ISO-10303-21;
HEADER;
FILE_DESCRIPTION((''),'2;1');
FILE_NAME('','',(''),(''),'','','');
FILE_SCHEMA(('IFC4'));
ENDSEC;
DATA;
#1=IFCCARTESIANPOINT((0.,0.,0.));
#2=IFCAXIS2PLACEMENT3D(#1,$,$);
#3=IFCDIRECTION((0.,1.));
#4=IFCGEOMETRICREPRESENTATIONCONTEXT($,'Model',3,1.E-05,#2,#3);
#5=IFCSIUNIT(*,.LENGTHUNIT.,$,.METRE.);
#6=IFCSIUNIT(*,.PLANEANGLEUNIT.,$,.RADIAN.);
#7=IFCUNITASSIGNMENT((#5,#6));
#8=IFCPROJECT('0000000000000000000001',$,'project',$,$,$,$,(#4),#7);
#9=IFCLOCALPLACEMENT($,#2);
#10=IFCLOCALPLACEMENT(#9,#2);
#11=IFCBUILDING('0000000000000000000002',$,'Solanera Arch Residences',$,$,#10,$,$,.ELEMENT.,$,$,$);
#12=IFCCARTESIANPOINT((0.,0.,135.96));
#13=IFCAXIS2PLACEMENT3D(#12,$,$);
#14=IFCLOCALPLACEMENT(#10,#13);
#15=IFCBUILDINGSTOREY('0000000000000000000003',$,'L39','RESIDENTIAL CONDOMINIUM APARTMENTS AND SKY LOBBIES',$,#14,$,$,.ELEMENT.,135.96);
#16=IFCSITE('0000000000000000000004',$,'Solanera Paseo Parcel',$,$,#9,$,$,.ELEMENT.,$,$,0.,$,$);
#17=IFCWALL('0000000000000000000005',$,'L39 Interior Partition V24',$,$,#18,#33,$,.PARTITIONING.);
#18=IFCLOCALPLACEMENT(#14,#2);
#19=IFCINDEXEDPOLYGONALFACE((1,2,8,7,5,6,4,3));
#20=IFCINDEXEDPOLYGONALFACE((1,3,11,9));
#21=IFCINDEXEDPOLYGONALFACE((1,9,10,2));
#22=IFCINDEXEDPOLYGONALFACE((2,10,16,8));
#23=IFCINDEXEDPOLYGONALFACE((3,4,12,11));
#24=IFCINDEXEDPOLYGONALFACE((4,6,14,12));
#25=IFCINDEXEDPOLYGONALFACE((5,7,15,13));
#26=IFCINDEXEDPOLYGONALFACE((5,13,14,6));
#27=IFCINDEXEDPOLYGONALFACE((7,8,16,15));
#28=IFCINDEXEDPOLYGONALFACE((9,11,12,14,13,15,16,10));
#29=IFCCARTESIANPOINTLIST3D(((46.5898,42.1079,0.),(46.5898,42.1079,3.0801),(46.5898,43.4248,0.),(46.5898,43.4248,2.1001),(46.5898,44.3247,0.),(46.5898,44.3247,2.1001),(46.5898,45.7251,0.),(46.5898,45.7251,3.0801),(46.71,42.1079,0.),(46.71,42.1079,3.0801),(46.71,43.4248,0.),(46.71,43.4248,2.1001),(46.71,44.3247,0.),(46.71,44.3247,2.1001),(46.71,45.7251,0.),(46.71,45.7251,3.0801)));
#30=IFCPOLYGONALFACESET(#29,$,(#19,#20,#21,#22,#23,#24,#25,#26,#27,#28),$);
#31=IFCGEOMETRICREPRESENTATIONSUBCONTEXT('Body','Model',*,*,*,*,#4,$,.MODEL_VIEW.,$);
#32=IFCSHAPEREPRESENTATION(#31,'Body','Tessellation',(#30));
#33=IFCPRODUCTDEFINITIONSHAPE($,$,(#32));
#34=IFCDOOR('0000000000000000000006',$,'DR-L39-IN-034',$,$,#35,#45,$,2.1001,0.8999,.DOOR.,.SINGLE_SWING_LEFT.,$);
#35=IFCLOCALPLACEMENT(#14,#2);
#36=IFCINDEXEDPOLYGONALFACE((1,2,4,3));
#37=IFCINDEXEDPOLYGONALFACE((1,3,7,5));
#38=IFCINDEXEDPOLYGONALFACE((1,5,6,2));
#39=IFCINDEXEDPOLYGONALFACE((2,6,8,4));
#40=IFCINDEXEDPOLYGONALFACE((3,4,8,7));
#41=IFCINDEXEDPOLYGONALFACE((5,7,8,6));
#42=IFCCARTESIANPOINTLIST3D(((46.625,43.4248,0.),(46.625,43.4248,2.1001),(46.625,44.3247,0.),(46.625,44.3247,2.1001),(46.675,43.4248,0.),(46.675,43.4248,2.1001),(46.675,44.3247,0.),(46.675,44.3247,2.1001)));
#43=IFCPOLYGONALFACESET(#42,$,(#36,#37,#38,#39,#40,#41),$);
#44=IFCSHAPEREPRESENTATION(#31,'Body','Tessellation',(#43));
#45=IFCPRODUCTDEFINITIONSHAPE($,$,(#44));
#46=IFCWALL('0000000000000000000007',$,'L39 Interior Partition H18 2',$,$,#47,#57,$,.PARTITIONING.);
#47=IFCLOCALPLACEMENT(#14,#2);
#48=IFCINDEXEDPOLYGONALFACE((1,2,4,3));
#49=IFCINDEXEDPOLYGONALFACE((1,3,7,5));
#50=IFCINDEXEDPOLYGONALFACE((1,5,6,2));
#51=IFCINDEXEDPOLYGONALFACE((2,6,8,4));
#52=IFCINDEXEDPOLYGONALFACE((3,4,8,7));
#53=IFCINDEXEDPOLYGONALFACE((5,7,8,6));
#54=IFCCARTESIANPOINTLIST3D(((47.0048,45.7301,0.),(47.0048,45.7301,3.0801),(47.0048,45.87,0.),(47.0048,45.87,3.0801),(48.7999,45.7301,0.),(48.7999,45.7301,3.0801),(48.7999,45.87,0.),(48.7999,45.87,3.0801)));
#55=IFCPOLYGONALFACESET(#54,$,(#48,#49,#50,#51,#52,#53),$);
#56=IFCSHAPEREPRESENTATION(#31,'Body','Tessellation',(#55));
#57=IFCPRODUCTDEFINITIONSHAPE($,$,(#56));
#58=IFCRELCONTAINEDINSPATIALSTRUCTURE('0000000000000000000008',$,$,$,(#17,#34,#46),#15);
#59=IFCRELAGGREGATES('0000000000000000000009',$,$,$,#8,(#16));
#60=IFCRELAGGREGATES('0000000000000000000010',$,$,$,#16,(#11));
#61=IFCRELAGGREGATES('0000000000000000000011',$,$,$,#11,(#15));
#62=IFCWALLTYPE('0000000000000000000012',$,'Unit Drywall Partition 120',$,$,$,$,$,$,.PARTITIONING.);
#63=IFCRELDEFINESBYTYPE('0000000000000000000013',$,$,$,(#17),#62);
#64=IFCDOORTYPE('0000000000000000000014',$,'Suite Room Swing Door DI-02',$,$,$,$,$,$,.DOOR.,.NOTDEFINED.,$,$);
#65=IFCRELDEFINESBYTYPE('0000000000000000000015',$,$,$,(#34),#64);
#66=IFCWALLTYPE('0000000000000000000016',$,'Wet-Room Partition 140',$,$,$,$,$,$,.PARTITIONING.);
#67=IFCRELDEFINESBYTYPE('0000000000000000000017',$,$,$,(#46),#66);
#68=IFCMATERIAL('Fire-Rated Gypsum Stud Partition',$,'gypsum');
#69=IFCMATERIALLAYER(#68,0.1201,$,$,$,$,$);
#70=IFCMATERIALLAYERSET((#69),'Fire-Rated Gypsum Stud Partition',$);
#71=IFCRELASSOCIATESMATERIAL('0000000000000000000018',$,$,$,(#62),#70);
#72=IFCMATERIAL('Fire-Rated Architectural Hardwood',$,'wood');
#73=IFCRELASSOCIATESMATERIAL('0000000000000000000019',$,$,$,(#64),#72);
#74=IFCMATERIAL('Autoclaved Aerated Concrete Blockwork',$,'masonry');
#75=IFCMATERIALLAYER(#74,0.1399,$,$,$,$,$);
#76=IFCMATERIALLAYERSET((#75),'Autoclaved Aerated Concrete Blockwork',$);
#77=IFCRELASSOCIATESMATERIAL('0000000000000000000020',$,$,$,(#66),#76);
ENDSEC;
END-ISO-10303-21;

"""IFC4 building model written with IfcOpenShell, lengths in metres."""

from ifc_helpers import new_model, si_unit, direction, frame, frame_2d, origin, place, context, subcontext, project, spatial, rectangle, extrude, material, layer, layer_set, type_object, element, fill, save


model = new_model("IFC4")

# Units and contexts
model_context = context("Model", 3, precision=1e-05, world=origin(), true_north=direction((0.0, 1.0)))
body_context = subcontext(model_context, "Body", "Model", "MODEL_VIEW")
ifc_project = project(units=[si_unit("LENGTHUNIT", "METRE"), si_unit("PLANEANGLEUNIT", "RADIAN")], contexts=[model_context])

# Site, building, storey
site_placement = place(None, origin())
site = spatial("IfcSite", under=ifc_project, at=site_placement, Name="Solanera Paseo Parcel", CompositionType="ELEMENT", RefElevation=0.0)
building_placement = place(site_placement, origin())
building = spatial("IfcBuilding", under=site, at=building_placement, Name="Solanera Arch Residences", CompositionType="ELEMENT")
storey_placement = place(building_placement, frame((0.0, 0.0, 135.96)))
storey = spatial("IfcBuildingStorey", under=building, at=storey_placement, Name="L39", Description="RESIDENTIAL CONDOMINIUM APARTMENTS AND SKY LOBBIES", CompositionType="ELEMENT", Elevation=135.96)

# Wall, opening, door
ifc_material_1 = material(Name="Fire-Rated Gypsum Stud Partition", Category="gypsum")
ifc_layer_1 = layer(ifc_material_1, 0.1201)
ifc_layer_set_1 = layer_set([ifc_layer_1], Name="Fire-Rated Gypsum Stud Partition")
wall_type_1 = type_object("IfcWallType", Name="Unit Drywall Partition 120", PredefinedType="PARTITIONING", material=ifc_layer_set_1)
wall_1_placement = place(storey_placement, frame((46.6499, 42.1079, 0.0), z_axis=(0.0, 0.0, 1.0), x_axis=(0.0, 1.0, 0.0)))
wall_1 = element("IfcWall", 1, at=wall_1_placement, inside=storey, type_object=wall_type_1, Name="L39 Interior Partition V24", PredefinedType="PARTITIONING", context=body_context, shape_type="SweptSolid", body=[
    extrude(rectangle(XDim=3.6172, YDim=0.1201, at=frame_2d((1.8086, 0.0))), origin(), (0.0, 0.0, 1.0), 3.0801),
])
opening_1_placement = place(wall_1_placement, frame((1.3169, 0.0, 0.0)))
opening_1 = element("IfcOpeningElement", 2, at=opening_1_placement, cuts=wall_1, PredefinedType="OPENING", context=body_context, shape_type="SweptSolid", body=[
    extrude(rectangle(XDim=0.8999, YDim=2.1001, at=frame_2d((0.45, 1.05))), frame((0.0, 0.0701, 0.0), z_axis=(0.0, -1.0, 0.0), x_axis=(1.0, 0.0, 0.0)), (0.0, 0.0, 1.0), 0.1401),
])
ifc_material_2 = material(Name="Fire-Rated Architectural Hardwood", Category="wood")
door_type_1 = type_object("IfcDoorType", Name="Suite Room Swing Door DI-02", OperationType="NOTDEFINED", PredefinedType="DOOR", material=ifc_material_2)
door_1_placement = place(opening_1_placement, origin())
door_1 = element("IfcDoor", 3, at=door_1_placement, inside=storey, type_object=door_type_1, Name="DR-L39-IN-034", OperationType="SINGLE_SWING_LEFT", OverallHeight=2.1001, OverallWidth=0.8999, PredefinedType="DOOR", context=body_context, shape_type="SweptSolid", body=[
    extrude(rectangle(XDim=0.8999, YDim=2.1001, at=frame_2d((0.45, 1.05))), frame((0.0, 0.0249, 0.0), z_axis=(0.0, -1.0, 0.0), x_axis=(1.0, 0.0, 0.0)), (0.0, 0.0, 1.0), 0.05),
])
fill(opening_1, door_1)

# Wall
ifc_material_3 = material(Name="Autoclaved Aerated Concrete Blockwork", Category="masonry")
ifc_layer_2 = layer(ifc_material_3, 0.1399)
ifc_layer_set_2 = layer_set([ifc_layer_2], Name="Autoclaved Aerated Concrete Blockwork")
wall_type_2 = type_object("IfcWallType", Name="Wet-Room Partition 140", PredefinedType="PARTITIONING", material=ifc_layer_set_2)
wall_2_placement = place(storey_placement, frame((47.0049, 45.8, 0.0), z_axis=(0.0, 0.0, 1.0), x_axis=(1.0, 0.0, 0.0)))
element("IfcWall", 4, at=wall_2_placement, inside=storey, type_object=wall_type_2, Name="L39 Interior Partition H18 2", PredefinedType="PARTITIONING", context=body_context, shape_type="SweptSolid", body=[
    extrude(rectangle(XDim=1.7952, YDim=0.1399, at=frame_2d((0.8975, 0.0))), origin(), (0.0, 0.0, 1.0), 3.0801),
])

save(model, "model.ifc")
